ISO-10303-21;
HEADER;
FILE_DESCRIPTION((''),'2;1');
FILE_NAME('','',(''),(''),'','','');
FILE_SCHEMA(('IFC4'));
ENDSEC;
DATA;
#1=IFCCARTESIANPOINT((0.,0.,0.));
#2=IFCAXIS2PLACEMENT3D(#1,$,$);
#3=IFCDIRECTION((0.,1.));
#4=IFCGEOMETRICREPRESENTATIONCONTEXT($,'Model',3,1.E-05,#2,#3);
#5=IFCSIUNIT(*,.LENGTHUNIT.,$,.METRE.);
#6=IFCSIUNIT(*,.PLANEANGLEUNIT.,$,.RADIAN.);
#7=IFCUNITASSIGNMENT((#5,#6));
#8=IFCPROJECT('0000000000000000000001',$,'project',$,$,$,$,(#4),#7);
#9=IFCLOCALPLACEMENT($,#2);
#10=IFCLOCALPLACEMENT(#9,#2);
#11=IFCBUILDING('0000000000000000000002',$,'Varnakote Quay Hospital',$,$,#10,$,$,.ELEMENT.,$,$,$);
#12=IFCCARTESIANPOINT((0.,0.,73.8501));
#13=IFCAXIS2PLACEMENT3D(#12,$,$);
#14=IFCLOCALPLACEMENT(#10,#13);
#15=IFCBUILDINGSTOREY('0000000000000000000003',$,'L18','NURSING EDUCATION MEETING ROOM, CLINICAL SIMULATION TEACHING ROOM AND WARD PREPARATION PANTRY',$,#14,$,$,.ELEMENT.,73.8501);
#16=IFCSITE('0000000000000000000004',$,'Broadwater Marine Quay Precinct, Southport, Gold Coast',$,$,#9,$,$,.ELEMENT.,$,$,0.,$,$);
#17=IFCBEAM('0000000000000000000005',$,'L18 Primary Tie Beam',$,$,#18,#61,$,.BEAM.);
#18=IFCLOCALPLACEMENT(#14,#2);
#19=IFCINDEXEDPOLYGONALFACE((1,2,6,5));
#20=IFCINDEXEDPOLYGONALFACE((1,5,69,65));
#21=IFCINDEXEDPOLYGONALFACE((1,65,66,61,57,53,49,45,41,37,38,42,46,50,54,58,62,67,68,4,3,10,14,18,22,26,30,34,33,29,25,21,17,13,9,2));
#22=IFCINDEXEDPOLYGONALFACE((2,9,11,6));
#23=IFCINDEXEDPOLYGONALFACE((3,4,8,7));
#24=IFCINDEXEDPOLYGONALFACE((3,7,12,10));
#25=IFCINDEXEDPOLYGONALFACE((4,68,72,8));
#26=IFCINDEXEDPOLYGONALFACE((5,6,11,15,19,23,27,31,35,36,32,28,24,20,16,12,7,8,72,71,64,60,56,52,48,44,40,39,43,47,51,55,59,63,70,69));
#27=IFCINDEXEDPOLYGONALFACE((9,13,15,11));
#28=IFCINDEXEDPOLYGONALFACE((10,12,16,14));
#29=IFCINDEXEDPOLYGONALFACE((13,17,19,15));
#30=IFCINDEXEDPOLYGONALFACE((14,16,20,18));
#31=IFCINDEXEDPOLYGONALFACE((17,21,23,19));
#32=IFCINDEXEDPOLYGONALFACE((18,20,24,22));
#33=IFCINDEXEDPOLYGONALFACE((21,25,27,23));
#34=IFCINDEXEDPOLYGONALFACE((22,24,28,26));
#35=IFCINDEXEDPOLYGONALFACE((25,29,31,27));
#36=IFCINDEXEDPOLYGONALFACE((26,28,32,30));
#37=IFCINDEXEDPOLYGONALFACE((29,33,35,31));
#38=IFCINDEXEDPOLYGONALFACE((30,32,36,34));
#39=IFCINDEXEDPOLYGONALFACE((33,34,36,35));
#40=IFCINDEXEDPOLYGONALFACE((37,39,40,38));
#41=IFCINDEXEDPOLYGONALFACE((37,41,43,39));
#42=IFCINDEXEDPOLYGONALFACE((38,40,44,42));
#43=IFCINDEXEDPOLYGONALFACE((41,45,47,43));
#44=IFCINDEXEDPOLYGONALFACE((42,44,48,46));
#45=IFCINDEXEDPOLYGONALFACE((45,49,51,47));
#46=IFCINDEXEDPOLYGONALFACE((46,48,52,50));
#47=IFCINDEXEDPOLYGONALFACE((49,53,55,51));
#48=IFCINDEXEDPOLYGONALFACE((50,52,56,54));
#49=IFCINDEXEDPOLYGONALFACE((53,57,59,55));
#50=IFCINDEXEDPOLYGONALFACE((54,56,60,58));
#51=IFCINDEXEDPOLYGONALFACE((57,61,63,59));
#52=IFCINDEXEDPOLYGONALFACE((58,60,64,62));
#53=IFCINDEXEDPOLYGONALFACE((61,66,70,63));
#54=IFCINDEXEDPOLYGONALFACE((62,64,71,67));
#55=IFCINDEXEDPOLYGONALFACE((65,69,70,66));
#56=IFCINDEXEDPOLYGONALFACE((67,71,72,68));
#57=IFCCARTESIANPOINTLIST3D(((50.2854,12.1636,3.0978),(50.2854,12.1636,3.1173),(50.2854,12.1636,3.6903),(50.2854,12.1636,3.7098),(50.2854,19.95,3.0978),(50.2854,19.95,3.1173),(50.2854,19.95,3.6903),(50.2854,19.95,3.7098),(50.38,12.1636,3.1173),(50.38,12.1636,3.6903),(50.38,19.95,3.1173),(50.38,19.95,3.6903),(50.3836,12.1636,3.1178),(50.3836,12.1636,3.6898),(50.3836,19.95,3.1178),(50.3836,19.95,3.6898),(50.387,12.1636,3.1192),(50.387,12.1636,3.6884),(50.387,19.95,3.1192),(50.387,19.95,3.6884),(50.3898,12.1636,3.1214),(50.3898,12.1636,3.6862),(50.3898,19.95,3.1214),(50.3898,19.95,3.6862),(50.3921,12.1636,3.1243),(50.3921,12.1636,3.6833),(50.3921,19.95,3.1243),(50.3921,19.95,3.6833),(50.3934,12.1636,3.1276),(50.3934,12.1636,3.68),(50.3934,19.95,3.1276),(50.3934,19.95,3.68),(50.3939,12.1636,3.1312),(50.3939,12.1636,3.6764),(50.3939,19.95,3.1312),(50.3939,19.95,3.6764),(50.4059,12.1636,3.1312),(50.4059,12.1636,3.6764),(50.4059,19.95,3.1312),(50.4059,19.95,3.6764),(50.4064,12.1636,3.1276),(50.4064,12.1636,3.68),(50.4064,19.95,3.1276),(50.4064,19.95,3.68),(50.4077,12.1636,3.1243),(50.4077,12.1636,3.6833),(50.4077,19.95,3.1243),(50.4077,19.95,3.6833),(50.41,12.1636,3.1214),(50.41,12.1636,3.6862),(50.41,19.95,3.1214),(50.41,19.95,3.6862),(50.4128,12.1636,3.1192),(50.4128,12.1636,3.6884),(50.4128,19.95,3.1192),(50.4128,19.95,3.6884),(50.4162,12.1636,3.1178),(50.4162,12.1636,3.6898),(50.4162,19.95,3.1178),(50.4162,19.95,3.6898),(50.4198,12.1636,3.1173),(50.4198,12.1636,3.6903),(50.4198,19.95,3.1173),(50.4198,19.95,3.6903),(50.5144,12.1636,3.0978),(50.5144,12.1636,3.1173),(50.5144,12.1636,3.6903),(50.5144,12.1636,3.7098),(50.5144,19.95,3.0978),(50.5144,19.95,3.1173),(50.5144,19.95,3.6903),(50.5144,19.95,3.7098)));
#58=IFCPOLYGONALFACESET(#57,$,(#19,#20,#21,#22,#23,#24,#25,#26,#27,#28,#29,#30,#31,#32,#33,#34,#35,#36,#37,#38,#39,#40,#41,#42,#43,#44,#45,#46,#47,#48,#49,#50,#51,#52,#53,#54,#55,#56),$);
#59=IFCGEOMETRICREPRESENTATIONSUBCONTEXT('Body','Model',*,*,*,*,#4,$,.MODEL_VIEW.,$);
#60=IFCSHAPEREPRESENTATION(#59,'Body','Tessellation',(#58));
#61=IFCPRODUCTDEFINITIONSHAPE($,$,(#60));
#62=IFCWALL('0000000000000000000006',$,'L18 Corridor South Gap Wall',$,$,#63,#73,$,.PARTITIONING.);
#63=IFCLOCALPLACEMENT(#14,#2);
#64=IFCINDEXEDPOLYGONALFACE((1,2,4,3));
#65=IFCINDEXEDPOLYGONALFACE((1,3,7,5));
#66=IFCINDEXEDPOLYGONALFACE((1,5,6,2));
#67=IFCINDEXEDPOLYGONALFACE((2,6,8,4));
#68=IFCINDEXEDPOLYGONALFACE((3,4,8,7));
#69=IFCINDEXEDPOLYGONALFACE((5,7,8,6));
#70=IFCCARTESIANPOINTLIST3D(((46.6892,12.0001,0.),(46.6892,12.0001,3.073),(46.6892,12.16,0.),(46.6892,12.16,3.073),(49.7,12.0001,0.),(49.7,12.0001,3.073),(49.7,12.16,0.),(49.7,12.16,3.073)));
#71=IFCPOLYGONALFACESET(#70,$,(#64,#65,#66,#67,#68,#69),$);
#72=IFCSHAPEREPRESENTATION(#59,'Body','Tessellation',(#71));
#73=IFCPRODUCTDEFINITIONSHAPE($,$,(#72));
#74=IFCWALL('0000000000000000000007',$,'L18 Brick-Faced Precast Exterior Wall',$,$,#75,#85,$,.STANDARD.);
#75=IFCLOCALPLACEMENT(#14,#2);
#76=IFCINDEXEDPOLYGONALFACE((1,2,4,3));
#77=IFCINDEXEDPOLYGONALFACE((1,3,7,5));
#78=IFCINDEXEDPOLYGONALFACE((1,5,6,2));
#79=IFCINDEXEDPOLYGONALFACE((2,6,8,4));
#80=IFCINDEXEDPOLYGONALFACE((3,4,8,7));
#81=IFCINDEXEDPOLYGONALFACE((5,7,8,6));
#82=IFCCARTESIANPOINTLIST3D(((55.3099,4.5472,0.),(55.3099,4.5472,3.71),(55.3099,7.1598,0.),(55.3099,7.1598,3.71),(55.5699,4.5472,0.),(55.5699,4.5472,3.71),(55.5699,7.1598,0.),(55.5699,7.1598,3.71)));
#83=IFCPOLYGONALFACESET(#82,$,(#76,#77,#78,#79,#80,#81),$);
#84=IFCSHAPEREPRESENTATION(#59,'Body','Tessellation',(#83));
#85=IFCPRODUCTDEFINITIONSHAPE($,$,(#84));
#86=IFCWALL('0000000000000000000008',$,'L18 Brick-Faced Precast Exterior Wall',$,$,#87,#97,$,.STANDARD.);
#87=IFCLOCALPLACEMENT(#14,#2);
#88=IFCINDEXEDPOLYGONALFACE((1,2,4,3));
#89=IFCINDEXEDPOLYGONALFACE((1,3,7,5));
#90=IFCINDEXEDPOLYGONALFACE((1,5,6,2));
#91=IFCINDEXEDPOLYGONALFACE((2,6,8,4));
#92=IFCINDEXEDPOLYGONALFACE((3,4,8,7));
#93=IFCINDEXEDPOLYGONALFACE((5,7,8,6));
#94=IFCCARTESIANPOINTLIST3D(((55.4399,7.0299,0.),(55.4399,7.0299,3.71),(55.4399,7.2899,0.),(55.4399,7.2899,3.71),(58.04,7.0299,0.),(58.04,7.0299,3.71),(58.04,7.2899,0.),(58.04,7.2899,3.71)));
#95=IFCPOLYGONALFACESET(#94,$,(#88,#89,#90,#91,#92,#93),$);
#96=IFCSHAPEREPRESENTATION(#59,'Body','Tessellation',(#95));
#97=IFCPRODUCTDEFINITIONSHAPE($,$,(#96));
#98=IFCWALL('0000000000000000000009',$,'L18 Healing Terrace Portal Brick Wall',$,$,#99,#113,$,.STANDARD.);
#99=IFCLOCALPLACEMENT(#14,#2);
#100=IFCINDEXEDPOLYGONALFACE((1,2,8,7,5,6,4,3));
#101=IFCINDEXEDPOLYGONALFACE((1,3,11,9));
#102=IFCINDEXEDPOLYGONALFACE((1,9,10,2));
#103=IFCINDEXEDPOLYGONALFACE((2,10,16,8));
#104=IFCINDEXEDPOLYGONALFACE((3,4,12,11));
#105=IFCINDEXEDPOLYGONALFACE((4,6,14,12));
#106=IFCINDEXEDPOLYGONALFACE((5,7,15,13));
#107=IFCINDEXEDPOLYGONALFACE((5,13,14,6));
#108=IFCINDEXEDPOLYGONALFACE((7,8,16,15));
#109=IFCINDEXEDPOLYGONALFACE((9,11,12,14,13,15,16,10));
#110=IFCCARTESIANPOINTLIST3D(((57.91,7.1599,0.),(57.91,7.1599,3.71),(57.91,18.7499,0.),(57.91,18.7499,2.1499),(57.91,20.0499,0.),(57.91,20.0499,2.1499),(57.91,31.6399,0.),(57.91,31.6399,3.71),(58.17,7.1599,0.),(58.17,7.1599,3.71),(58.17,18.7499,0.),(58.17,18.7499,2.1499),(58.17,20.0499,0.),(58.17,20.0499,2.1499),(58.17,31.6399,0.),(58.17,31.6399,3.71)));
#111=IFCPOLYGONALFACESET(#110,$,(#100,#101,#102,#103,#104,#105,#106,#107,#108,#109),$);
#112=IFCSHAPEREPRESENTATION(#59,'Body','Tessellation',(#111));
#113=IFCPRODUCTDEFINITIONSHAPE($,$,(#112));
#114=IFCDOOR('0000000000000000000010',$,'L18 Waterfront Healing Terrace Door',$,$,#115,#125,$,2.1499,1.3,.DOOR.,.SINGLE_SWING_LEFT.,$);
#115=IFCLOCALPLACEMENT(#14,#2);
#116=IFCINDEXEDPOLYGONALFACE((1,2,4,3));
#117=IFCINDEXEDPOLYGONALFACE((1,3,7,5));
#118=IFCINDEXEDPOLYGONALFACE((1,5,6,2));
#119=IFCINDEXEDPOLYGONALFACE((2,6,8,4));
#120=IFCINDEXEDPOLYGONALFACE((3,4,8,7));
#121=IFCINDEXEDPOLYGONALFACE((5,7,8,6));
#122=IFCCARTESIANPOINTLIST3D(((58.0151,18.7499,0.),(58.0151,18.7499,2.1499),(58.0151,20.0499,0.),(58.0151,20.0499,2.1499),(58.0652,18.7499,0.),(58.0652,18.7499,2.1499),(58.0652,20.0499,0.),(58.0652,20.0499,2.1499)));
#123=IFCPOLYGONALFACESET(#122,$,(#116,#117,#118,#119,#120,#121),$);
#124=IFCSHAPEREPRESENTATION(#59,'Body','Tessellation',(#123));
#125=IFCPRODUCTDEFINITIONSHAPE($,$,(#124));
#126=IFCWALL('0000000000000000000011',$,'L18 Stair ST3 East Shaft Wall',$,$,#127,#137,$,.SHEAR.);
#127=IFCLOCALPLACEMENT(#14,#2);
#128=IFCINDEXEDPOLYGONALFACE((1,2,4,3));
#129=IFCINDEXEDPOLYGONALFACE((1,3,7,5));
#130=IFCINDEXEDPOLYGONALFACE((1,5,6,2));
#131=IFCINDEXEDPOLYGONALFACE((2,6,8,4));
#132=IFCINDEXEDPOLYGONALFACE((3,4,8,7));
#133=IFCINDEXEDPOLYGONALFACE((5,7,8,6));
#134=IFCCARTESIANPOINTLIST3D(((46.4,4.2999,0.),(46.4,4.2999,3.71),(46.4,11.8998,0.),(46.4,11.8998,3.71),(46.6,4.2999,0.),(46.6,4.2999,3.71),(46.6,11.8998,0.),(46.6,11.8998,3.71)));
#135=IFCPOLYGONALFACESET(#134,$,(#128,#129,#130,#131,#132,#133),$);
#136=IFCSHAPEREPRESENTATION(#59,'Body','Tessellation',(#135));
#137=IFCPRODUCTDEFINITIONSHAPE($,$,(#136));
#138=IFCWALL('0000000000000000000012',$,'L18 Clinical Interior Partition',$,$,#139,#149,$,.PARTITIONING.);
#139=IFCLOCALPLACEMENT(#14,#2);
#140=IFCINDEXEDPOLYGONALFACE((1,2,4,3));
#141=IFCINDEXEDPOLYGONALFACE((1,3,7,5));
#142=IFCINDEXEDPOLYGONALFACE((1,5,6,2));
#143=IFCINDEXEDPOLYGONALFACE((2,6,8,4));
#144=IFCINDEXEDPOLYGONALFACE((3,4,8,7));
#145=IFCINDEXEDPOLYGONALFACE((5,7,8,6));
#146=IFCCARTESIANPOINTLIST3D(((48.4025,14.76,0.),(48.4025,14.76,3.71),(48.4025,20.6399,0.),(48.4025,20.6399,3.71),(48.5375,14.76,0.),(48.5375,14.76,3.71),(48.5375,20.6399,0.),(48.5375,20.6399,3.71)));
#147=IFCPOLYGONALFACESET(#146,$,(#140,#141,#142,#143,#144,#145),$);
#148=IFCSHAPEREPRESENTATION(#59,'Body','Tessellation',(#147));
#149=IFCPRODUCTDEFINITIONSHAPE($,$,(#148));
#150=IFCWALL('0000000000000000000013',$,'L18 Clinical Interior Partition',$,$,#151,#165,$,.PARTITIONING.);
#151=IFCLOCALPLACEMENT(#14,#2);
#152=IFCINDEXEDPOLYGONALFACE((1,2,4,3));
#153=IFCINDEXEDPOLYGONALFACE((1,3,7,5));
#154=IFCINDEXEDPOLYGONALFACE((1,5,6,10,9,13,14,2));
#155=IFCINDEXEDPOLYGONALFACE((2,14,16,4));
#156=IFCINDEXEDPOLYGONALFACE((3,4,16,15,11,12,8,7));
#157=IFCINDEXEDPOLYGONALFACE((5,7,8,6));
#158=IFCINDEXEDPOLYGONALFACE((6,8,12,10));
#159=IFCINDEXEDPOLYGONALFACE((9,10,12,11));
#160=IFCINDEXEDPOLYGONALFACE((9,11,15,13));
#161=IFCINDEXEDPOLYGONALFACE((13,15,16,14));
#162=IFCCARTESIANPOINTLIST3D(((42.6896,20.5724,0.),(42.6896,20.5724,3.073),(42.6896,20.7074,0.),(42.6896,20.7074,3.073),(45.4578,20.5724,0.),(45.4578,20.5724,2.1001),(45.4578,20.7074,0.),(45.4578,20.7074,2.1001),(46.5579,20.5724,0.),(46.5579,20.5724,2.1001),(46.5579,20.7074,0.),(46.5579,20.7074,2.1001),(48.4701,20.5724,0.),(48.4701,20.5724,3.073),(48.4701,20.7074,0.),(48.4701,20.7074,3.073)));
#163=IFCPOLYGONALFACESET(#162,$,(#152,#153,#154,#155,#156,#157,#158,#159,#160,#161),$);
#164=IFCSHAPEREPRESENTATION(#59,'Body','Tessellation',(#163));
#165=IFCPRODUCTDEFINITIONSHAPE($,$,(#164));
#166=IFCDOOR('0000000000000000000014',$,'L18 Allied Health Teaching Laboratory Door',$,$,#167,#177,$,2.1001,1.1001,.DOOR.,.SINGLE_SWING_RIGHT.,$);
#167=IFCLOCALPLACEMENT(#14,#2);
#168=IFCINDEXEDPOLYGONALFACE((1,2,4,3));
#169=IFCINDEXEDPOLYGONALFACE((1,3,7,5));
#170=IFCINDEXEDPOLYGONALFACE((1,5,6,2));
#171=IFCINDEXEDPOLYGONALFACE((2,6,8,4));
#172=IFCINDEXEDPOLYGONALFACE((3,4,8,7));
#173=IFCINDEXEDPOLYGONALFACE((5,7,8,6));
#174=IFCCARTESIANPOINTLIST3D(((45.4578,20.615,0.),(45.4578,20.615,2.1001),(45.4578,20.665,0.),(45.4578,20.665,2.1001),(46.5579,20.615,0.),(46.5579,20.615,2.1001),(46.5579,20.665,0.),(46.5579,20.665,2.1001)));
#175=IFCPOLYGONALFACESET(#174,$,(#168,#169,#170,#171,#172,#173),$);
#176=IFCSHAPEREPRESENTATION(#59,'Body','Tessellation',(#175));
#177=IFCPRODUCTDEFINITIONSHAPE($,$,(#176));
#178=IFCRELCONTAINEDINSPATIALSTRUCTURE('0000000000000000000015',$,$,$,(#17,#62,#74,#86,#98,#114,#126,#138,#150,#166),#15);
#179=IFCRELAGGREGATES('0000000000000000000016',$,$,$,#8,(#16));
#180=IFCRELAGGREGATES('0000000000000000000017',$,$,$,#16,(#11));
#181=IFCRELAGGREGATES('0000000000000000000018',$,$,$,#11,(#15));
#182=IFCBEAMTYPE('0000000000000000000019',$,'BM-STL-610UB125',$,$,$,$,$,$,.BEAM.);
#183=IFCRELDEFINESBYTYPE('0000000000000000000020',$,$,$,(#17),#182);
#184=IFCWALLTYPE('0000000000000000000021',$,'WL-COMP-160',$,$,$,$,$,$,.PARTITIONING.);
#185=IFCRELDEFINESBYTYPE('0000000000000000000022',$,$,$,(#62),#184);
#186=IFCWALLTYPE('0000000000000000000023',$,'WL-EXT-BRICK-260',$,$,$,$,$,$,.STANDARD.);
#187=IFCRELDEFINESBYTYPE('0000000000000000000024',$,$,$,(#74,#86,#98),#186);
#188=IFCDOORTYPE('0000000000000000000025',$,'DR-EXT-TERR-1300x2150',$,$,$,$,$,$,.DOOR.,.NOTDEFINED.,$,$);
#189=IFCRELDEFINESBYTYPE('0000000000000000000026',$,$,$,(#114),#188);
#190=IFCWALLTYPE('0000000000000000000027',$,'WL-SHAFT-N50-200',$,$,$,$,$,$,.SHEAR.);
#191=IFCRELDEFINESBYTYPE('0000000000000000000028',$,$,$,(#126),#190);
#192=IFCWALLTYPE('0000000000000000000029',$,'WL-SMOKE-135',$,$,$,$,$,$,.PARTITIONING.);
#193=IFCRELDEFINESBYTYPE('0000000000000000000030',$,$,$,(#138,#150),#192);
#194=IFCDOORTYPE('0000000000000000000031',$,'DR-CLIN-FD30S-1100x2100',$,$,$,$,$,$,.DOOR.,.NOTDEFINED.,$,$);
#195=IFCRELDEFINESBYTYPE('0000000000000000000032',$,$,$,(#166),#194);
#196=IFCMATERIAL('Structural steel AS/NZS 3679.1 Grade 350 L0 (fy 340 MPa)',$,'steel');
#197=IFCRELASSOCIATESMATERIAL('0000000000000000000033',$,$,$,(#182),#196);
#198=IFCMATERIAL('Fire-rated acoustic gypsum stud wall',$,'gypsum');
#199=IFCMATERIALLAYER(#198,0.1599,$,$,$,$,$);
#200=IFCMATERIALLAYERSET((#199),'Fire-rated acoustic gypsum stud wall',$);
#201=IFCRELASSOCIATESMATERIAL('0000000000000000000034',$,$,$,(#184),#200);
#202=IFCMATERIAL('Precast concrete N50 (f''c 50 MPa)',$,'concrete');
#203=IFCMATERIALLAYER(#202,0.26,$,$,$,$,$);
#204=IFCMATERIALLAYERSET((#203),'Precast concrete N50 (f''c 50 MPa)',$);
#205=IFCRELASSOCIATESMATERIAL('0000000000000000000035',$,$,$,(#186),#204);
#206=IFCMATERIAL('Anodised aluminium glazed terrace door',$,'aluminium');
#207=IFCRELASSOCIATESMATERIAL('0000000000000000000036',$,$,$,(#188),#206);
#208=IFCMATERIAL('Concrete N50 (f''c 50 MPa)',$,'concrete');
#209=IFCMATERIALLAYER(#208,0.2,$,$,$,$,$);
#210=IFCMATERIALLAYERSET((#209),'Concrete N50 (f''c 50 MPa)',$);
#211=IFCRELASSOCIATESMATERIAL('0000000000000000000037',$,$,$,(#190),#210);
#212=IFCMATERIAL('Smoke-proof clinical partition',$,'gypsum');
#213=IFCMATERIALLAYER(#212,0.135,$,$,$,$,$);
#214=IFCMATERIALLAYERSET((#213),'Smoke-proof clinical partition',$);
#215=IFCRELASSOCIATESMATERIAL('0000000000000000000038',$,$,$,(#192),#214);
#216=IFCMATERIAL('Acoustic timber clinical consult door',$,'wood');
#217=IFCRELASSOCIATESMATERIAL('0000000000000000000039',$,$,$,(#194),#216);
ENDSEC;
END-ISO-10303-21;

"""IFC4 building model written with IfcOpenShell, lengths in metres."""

from ifc_helpers import new_model, si_unit, direction, frame, frame_2d, origin, origin_2d, place, context, subcontext, project, spatial, rectangle, i_section, extrude, material, layer, layer_set, material_profile, profile_set, type_object, element, fill, save


model = new_model("IFC4")

# Units and contexts
model_context = context("Model", 3, precision=1e-05, world=origin(), true_north=direction((0.0, 1.0)))
body_context = subcontext(model_context, "Body", "Model", "MODEL_VIEW")
ifc_project = project(units=[si_unit("LENGTHUNIT", "METRE"), si_unit("PLANEANGLEUNIT", "RADIAN")], contexts=[model_context])

# Site, building, storey
site_placement = place(None, origin())
site = spatial("IfcSite", under=ifc_project, at=site_placement, Name="Broadwater Marine Quay Precinct, Southport, Gold Coast", CompositionType="ELEMENT", RefElevation=0.0)
building_placement = place(site_placement, origin())
building = spatial("IfcBuilding", under=site, at=building_placement, Name="Varnakote Quay Hospital", CompositionType="ELEMENT")
storey_placement = place(building_placement, frame((0.0, 0.0, 73.8501)))
storey = spatial("IfcBuildingStorey", under=building, at=storey_placement, Name="L18", Description="NURSING EDUCATION MEETING ROOM, CLINICAL SIMULATION TEACHING ROOM AND WARD PREPARATION PANTRY", CompositionType="ELEMENT", Elevation=73.8501)

# Beam
ifc_material_1 = material(Name="Structural steel AS/NZS 3679.1 Grade 350 L0 (fy 340 MPa)", Category="steel")
ifc_material_profile_1 = material_profile(ifc_material_1, i_section(OverallWidth=0.229, OverallDepth=0.6121, WebThickness=0.012, FlangeThickness=0.0195, FilletRadius=0.0139, at=origin_2d()), Name="610UB125")
ifc_profile_set_1 = profile_set([ifc_material_profile_1], Name="Structural steel AS/NZS 3679.1 Grade 350 L0 (fy 340 MPa)")
beam_type = type_object("IfcBeamType", Name="BM-STL-610UB125", PredefinedType="BEAM", material=ifc_profile_set_1)
beam_1_placement = place(storey_placement, frame((50.3999, 12.1636, 3.4038), z_axis=(0.0, 1.0, 0.0), x_axis=(-1.0, 0.0, 0.0)))
element("IfcBeam", 1, at=beam_1_placement, inside=storey, type_object=beam_type, Name="L18 Primary Tie Beam", PredefinedType="BEAM", context=body_context, shape_type="SweptSolid", body=[
    extrude(i_section(OverallWidth=0.229, OverallDepth=0.6121, WebThickness=0.012, FlangeThickness=0.0195, FilletRadius=0.0139, at=origin_2d()), origin(), (0.0, 0.0, 1.0), 7.7864),
])

# Walls
ifc_material_2 = material(Name="Fire-rated acoustic gypsum stud wall", Category="gypsum")
ifc_layer_1 = layer(ifc_material_2, 0.1599)
ifc_layer_set_1 = layer_set([ifc_layer_1], Name="Fire-rated acoustic gypsum stud wall")
wall_type_1 = type_object("IfcWallType", Name="WL-COMP-160", PredefinedType="PARTITIONING", material=ifc_layer_set_1)
wall_1_placement = place(storey_placement, frame((46.6892, 12.0801, 0.0), z_axis=(0.0, 0.0, 1.0), x_axis=(1.0, 0.0, 0.0)))
element("IfcWall", 2, at=wall_1_placement, inside=storey, type_object=wall_type_1, Name="L18 Corridor South Gap Wall", PredefinedType="PARTITIONING", context=body_context, shape_type="SweptSolid", body=[
    extrude(rectangle(XDim=3.0107, YDim=0.1599, at=frame_2d((1.5054, 0.0))), origin(), (0.0, 0.0, 1.0), 3.073),
])
ifc_material_3 = material(Name="Precast concrete N50 (f'c 50 MPa)", Category="concrete")
ifc_layer_2 = layer(ifc_material_3, 0.26)
ifc_layer_set_2 = layer_set([ifc_layer_2], Name="Precast concrete N50 (f'c 50 MPa)")
wall_type_2 = type_object("IfcWallType", Name="WL-EXT-BRICK-260", PredefinedType="STANDARD", material=ifc_layer_set_2)
wall_2_placement = place(storey_placement, frame((55.4399, 4.5474, 0.0), z_axis=(0.0, 0.0, 1.0), x_axis=(0.0, 1.0, 0.0)))
element("IfcWall", 3, at=wall_2_placement, inside=storey, type_object=wall_type_2, Name="L18 Brick-Faced Precast Exterior Wall", PredefinedType="STANDARD", context=body_context, shape_type="SweptSolid", body=[
    extrude(rectangle(XDim=2.6125, YDim=0.26, at=frame_2d((1.3062, 0.0))), origin(), (0.0, 0.0, 1.0), 3.71),
])
wall_3_placement = place(storey_placement, frame((55.4399, 7.1599, 0.0), z_axis=(0.0, 0.0, 1.0), x_axis=(1.0, 0.0, 0.0)))
element("IfcWall", 4, at=wall_3_placement, inside=storey, type_object=wall_type_2, Name="L18 Brick-Faced Precast Exterior Wall", PredefinedType="STANDARD", context=body_context, shape_type="SweptSolid", body=[
    extrude(rectangle(XDim=2.6001, YDim=0.26, at=frame_2d((1.3, 0.0))), origin(), (0.0, 0.0, 1.0), 3.71),
])

# Wall, opening, door
wall_4_placement = place(storey_placement, frame((58.04, 7.1599, 0.0), z_axis=(0.0, 0.0, 1.0), x_axis=(0.0, 1.0, 0.0)))
wall_4 = element("IfcWall", 5, at=wall_4_placement, inside=storey, type_object=wall_type_2, Name="L18 Healing Terrace Portal Brick Wall", PredefinedType="STANDARD", context=body_context, shape_type="SweptSolid", body=[
    extrude(rectangle(XDim=24.48, YDim=0.26, at=frame_2d((12.24, 0.0))), origin(), (0.0, 0.0, 1.0), 3.71),
])
opening_1_placement = place(wall_4_placement, frame((11.5901, 0.0, 0.0)))
opening_1 = element("IfcOpeningElement", 6, at=opening_1_placement, cuts=wall_4, PredefinedType="OPENING", context=body_context, shape_type="SweptSolid", body=[
    extrude(rectangle(XDim=1.3, YDim=2.1499, at=frame_2d((0.6499, 1.075))), frame((0.0, 0.1399, 0.0), z_axis=(0.0, -1.0, 0.0), x_axis=(1.0, 0.0, 0.0)), (0.0, 0.0, 1.0), 0.28),
])
ifc_material_4 = material(Name="Anodised aluminium glazed terrace door", Category="aluminium")
door_type_1 = type_object("IfcDoorType", Name="DR-EXT-TERR-1300x2150", OperationType="NOTDEFINED", PredefinedType="DOOR", material=ifc_material_4)
door_1_placement = place(opening_1_placement, origin())
door_1 = element("IfcDoor", 7, at=door_1_placement, inside=storey, type_object=door_type_1, Name="L18 Waterfront Healing Terrace Door", OperationType="SINGLE_SWING_LEFT", OverallHeight=2.1499, OverallWidth=1.3, PredefinedType="DOOR", context=body_context, shape_type="SweptSolid", body=[
    extrude(rectangle(XDim=1.3, YDim=2.1499, at=frame_2d((0.6499, 1.075))), frame((0.0, 0.0249, 0.0), z_axis=(0.0, -1.0, 0.0), x_axis=(1.0, 0.0, 0.0)), (0.0, 0.0, 1.0), 0.05),
])
fill(opening_1, door_1)

# Walls
ifc_material_5 = material(Name="Concrete N50 (f'c 50 MPa)", Category="concrete")
ifc_layer_3 = layer(ifc_material_5, 0.2)
ifc_layer_set_3 = layer_set([ifc_layer_3], Name="Concrete N50 (f'c 50 MPa)")
wall_type_3 = type_object("IfcWallType", Name="WL-SHAFT-N50-200", PredefinedType="SHEAR", material=ifc_layer_set_3)
wall_5_placement = place(storey_placement, frame((46.5, 4.3, 0.0), z_axis=(0.0, 0.0, 1.0), x_axis=(0.0, 1.0, 0.0)))
element("IfcWall", 8, at=wall_5_placement, inside=storey, type_object=wall_type_3, Name="L18 Stair ST3 East Shaft Wall", PredefinedType="SHEAR", context=body_context, shape_type="SweptSolid", body=[
    extrude(rectangle(XDim=7.5999, YDim=0.2, at=frame_2d((3.7998, 0.0))), origin(), (0.0, 0.0, 1.0), 3.71),
])
ifc_material_6 = material(Name="Smoke-proof clinical partition", Category="gypsum")
ifc_layer_4 = layer(ifc_material_6, 0.135)
ifc_layer_set_4 = layer_set([ifc_layer_4], Name="Smoke-proof clinical partition")
wall_type_4 = type_object("IfcWallType", Name="WL-SMOKE-135", PredefinedType="PARTITIONING", material=ifc_layer_set_4)
wall_6_placement = place(storey_placement, frame((48.47, 14.76, 0.0), z_axis=(0.0, 0.0, 1.0), x_axis=(0.0, 1.0, 0.0)))
element("IfcWall", 9, at=wall_6_placement, inside=storey, type_object=wall_type_4, Name="L18 Clinical Interior Partition", PredefinedType="PARTITIONING", context=body_context, shape_type="SweptSolid", body=[
    extrude(rectangle(XDim=5.8799, YDim=0.135, at=frame_2d((2.9399, 0.0))), origin(), (0.0, 0.0, 1.0), 3.71),
])

# Wall, opening, door
wall_7_placement = place(storey_placement, frame((48.47, 20.6399, 0.0), z_axis=(0.0, 0.0, 1.0), x_axis=(-1.0, 0.0, 0.0)))
wall_7 = element("IfcWall", 10, at=wall_7_placement, inside=storey, type_object=wall_type_4, Name="L18 Clinical Interior Partition", PredefinedType="PARTITIONING", context=body_context, shape_type="SweptSolid", body=[
    extrude(rectangle(XDim=5.7805, YDim=0.135, at=frame_2d((2.8901, 0.0))), origin(), (0.0, 0.0, 1.0), 3.073),
])
opening_2_placement = place(wall_7_placement, frame((1.9121, 0.0, 0.0)))
opening_2 = element("IfcOpeningElement", 11, at=opening_2_placement, cuts=wall_7, PredefinedType="OPENING", context=body_context, shape_type="SweptSolid", body=[
    extrude(rectangle(XDim=1.1001, YDim=2.1001, at=frame_2d((0.55, 1.05))), frame((0.0, 0.0774, 0.0), z_axis=(0.0, -1.0, 0.0), x_axis=(1.0, 0.0, 0.0)), (0.0, 0.0, 1.0), 0.155),
])
ifc_material_7 = material(Name="Acoustic timber clinical consult door", Category="wood")
door_type_2 = type_object("IfcDoorType", Name="DR-CLIN-FD30S-1100x2100", OperationType="NOTDEFINED", PredefinedType="DOOR", material=ifc_material_7)
door_2_placement = place(opening_2_placement, origin())
door_2 = element("IfcDoor", 12, at=door_2_placement, inside=storey, type_object=door_type_2, Name="L18 Allied Health Teaching Laboratory Door", OperationType="SINGLE_SWING_RIGHT", OverallHeight=2.1001, OverallWidth=1.1001, PredefinedType="DOOR", context=body_context, shape_type="SweptSolid", body=[
    extrude(rectangle(XDim=1.1001, YDim=2.1001, at=frame_2d((0.55, 1.05))), frame((0.0, 0.0249, 0.0), z_axis=(0.0, -1.0, 0.0), x_axis=(1.0, 0.0, 0.0)), (0.0, 0.0, 1.0), 0.05),
])
fill(opening_2, door_2)

save(model, "model.ifc")
